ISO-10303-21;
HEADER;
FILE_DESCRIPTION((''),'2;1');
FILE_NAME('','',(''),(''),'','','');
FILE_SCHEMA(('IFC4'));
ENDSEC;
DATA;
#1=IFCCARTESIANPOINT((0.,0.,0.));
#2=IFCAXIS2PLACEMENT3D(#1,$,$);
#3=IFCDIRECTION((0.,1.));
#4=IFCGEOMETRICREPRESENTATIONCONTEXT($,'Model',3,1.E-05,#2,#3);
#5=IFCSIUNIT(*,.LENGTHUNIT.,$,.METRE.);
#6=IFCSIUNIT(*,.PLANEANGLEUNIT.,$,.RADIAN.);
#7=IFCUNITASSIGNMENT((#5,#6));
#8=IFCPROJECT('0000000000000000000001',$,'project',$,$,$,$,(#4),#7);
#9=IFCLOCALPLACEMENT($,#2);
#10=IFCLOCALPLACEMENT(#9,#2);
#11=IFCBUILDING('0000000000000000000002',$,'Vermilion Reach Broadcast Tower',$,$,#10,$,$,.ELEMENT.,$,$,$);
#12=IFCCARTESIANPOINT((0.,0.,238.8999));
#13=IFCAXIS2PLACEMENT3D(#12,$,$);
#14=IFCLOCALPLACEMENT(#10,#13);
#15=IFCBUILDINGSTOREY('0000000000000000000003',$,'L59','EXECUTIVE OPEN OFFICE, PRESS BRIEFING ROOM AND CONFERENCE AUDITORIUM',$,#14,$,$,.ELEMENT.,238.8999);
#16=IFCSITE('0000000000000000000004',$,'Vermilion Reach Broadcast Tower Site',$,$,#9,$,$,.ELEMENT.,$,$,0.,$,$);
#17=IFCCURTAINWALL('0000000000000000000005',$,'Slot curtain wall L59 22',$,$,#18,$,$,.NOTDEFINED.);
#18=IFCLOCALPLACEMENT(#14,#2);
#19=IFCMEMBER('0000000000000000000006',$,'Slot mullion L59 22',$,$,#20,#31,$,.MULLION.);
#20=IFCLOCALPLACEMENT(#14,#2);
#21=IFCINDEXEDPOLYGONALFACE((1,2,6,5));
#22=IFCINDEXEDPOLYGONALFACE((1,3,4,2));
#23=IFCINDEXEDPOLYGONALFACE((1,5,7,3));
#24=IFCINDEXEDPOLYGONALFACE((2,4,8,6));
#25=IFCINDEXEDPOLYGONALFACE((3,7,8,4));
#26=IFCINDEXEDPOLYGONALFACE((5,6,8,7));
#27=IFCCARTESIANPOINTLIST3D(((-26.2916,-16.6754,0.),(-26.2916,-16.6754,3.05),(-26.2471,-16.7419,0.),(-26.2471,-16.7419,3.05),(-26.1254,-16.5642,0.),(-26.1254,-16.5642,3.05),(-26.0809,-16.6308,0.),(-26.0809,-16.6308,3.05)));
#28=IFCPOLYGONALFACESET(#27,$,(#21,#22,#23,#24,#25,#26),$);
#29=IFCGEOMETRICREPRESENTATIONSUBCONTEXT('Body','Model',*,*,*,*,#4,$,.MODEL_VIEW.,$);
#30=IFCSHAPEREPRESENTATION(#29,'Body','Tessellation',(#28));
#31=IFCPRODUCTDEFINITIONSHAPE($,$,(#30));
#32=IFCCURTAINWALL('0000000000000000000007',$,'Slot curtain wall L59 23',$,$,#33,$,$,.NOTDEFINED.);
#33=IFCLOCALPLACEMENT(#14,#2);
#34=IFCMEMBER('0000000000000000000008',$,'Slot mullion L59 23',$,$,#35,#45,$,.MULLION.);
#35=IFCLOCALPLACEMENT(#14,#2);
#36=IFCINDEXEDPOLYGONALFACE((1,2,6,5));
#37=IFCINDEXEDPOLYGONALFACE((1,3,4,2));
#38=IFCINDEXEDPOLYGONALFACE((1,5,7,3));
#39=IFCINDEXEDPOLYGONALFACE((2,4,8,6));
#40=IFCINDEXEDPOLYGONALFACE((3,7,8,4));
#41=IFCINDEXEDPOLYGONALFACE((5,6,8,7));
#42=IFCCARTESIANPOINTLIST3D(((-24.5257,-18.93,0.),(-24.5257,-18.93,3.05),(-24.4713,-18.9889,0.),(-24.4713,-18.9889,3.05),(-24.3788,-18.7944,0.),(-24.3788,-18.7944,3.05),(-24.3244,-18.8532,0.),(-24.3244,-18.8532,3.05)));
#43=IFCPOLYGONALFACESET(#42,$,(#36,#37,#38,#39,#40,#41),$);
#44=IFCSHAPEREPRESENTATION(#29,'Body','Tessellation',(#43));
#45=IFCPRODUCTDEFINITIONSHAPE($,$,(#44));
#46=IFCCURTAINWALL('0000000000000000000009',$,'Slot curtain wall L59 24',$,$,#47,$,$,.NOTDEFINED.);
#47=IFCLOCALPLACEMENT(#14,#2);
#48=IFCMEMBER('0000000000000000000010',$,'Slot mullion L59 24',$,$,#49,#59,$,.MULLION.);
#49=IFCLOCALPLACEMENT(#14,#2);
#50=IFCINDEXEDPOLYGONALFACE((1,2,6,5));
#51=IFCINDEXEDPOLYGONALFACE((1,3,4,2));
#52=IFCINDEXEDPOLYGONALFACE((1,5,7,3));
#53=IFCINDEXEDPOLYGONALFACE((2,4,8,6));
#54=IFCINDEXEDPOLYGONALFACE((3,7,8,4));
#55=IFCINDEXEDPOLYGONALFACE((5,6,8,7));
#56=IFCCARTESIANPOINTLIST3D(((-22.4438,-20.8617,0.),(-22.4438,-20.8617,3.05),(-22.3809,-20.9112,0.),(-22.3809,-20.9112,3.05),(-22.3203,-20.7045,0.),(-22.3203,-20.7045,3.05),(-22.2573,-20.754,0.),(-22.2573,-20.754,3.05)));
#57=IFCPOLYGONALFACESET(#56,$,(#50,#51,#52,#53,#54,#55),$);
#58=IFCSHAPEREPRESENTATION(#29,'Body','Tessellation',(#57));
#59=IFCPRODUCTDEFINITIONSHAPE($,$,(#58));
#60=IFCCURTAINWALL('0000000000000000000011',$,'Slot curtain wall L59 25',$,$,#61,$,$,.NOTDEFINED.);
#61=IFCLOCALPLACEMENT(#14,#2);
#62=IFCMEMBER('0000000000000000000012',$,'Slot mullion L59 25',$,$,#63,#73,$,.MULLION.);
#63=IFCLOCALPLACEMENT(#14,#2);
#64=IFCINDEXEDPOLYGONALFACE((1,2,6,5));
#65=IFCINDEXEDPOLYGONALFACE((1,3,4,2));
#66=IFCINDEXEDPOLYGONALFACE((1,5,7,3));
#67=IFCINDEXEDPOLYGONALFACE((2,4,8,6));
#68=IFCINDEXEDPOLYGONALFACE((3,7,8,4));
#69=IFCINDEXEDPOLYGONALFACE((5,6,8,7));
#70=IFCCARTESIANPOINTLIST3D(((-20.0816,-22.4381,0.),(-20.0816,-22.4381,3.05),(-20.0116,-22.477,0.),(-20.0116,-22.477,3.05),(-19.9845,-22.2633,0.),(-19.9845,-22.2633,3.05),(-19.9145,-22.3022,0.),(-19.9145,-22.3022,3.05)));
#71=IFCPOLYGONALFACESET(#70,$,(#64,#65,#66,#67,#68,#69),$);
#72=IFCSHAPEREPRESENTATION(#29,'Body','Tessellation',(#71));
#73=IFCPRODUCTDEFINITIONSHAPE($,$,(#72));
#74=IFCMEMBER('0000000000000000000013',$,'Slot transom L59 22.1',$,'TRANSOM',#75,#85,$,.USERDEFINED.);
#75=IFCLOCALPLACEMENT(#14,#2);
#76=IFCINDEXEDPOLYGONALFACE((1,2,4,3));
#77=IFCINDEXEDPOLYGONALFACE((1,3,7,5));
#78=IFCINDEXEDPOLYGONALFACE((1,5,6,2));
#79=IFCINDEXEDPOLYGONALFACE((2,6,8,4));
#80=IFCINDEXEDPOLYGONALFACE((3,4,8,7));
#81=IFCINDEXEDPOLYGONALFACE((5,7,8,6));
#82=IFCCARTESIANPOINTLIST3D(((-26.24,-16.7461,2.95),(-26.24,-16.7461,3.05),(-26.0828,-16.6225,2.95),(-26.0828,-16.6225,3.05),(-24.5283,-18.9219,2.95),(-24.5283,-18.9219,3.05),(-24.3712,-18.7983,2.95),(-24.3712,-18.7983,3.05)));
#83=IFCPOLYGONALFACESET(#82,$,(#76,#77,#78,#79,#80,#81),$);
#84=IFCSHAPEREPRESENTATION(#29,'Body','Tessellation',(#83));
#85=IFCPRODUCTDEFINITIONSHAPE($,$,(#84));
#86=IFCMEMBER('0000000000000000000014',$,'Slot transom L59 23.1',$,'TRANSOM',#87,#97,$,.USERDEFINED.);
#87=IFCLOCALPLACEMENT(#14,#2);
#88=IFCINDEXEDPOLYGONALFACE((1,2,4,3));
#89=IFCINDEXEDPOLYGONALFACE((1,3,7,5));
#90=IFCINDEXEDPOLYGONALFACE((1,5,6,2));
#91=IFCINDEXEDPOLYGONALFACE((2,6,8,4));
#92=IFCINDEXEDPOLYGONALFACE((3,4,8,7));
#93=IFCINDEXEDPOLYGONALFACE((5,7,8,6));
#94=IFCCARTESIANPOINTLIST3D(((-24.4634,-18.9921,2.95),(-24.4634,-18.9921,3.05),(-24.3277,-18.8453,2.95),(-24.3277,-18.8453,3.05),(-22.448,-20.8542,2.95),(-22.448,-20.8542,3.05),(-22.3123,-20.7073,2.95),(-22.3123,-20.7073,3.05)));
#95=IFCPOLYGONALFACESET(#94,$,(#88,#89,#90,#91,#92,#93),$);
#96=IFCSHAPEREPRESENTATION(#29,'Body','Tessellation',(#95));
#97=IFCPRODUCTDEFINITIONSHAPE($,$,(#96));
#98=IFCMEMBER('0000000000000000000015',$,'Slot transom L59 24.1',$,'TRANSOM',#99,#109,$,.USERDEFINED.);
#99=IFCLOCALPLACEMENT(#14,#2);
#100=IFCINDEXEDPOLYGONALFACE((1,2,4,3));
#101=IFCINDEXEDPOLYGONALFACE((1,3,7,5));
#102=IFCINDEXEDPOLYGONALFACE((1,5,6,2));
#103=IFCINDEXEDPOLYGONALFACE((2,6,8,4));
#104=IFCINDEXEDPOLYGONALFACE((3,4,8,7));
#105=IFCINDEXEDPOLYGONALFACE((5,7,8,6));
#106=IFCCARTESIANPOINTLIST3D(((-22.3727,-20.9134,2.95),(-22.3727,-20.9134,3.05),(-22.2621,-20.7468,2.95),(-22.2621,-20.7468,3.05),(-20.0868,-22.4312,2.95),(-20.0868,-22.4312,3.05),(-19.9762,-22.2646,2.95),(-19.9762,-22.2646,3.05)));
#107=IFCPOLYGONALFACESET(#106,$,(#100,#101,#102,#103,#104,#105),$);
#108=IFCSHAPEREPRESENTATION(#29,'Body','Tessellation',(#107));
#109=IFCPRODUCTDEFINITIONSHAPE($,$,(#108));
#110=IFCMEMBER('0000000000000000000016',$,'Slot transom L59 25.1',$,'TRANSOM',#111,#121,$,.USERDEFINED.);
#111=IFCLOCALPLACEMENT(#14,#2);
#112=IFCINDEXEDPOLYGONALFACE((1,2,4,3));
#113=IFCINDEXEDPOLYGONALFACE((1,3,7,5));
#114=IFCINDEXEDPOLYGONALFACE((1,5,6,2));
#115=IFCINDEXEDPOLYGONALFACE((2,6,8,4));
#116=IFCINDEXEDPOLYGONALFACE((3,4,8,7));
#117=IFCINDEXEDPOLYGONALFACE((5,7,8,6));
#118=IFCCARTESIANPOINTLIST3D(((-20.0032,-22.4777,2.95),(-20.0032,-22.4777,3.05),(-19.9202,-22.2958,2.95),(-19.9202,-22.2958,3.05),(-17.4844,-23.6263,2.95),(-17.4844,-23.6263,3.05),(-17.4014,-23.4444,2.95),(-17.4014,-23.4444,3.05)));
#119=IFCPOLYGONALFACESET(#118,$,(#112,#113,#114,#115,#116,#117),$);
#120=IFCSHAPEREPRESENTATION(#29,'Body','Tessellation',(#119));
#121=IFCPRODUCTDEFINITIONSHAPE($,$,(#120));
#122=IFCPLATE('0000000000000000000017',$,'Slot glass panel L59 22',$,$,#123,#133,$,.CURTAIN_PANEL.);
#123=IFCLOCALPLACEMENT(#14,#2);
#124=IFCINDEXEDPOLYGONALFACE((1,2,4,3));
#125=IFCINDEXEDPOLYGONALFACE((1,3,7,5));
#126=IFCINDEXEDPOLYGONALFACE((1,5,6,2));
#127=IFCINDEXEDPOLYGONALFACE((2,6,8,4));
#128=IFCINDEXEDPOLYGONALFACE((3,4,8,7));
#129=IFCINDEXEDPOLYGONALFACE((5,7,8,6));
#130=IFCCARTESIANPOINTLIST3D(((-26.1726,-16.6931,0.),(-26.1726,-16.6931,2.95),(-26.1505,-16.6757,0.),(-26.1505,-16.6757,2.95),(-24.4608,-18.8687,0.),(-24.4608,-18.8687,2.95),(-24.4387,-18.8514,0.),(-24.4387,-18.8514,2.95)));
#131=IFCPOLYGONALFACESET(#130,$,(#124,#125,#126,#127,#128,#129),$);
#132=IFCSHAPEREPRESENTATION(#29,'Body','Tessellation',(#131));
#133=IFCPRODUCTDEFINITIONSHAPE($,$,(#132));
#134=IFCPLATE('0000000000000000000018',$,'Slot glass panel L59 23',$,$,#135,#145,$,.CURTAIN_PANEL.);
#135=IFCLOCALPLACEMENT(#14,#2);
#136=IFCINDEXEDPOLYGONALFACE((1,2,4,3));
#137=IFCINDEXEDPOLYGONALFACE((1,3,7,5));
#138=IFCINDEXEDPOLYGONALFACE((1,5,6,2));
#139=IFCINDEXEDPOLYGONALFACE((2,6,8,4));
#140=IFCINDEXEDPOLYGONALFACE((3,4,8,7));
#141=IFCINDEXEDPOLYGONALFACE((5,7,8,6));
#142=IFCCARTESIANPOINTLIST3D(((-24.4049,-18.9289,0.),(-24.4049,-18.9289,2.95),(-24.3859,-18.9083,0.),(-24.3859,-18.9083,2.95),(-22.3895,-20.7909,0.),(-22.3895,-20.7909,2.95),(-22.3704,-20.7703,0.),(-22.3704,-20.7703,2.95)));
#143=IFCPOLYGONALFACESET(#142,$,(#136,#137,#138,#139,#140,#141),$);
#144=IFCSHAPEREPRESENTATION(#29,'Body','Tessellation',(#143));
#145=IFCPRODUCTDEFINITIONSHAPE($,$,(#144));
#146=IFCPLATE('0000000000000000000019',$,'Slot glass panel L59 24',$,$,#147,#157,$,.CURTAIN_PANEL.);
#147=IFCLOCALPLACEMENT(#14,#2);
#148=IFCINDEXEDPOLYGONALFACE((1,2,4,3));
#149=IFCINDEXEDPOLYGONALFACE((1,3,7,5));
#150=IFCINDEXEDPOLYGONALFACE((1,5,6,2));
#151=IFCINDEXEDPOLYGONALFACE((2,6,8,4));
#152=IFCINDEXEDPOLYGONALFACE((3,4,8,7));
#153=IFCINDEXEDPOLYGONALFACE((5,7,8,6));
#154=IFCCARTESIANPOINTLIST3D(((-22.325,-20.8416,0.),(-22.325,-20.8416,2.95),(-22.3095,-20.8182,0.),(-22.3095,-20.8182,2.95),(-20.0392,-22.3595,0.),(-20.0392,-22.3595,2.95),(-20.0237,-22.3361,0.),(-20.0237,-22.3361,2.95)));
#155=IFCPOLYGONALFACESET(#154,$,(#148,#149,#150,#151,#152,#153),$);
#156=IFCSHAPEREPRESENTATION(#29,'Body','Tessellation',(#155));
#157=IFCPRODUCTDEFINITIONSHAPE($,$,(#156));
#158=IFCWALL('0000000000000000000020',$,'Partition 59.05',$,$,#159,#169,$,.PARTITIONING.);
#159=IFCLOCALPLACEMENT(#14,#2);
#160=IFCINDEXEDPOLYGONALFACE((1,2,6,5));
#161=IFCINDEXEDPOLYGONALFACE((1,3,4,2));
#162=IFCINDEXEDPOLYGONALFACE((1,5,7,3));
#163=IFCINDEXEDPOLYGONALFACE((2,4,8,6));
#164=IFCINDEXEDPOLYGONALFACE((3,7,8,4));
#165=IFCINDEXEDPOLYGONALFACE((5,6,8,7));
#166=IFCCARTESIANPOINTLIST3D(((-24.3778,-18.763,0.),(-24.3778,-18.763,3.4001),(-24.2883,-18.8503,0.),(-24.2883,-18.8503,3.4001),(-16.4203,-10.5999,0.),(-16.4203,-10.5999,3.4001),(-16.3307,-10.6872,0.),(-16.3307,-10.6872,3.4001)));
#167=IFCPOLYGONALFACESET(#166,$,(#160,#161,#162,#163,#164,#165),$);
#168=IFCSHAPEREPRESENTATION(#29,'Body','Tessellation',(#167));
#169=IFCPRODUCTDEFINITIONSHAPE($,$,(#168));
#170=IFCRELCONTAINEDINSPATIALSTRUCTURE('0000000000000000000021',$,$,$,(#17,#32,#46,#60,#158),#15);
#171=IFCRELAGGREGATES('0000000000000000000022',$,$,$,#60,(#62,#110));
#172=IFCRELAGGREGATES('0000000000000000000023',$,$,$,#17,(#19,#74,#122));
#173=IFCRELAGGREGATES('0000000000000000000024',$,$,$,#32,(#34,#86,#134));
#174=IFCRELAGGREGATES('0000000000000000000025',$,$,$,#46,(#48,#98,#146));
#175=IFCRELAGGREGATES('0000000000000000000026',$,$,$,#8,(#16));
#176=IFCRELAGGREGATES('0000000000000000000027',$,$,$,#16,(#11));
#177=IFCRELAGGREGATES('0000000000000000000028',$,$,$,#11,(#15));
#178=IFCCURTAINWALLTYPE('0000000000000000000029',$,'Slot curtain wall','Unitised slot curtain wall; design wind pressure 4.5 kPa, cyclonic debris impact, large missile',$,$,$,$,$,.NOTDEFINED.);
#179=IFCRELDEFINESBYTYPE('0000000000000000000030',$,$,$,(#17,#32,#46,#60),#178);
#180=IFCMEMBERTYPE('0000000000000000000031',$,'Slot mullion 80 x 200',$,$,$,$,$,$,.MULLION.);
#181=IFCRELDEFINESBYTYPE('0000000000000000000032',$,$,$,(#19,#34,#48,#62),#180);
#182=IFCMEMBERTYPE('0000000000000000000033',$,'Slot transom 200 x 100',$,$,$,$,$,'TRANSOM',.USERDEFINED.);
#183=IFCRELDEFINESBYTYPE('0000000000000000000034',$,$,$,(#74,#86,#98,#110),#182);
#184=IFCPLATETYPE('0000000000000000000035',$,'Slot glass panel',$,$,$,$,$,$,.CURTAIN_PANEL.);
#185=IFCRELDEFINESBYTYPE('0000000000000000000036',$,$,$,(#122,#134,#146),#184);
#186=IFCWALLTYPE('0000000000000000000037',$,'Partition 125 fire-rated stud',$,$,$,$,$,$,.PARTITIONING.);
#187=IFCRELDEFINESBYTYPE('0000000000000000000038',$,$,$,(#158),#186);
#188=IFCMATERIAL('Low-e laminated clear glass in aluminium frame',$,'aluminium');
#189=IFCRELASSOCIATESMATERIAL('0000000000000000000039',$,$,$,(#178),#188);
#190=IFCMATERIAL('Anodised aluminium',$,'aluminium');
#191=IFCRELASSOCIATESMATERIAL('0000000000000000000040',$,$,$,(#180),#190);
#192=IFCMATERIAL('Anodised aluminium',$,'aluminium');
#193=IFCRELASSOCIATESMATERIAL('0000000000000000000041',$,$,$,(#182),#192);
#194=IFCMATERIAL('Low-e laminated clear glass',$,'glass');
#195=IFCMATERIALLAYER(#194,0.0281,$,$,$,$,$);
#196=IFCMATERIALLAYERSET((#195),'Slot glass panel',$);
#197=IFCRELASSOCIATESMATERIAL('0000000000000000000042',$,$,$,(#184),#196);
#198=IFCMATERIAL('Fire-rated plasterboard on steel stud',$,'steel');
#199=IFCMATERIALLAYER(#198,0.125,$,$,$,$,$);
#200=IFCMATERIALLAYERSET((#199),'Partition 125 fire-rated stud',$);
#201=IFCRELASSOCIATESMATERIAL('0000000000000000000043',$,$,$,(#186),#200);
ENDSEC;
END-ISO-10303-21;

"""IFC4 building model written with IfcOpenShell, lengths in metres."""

from ifc_helpers import new_model, si_unit, direction, frame, frame_2d, origin, origin_2d, place, context, subcontext, project, spatial, rectangle, extrude, material, layer, layer_set, material_profile, profile_set, type_object, element, aggregate, save


model = new_model("IFC4")

# Units and contexts
model_context = context("Model", 3, precision=1e-05, world=origin(), true_north=direction((0.0, 1.0)))
body_context = subcontext(model_context, "Body", "Model", "MODEL_VIEW")
ifc_project = project(units=[si_unit("LENGTHUNIT", "METRE"), si_unit("PLANEANGLEUNIT", "RADIAN")], contexts=[model_context])

# Site, building, storey
site_placement = place(None, origin())
site = spatial("IfcSite", under=ifc_project, at=site_placement, Name="Vermilion Reach Broadcast Tower Site", CompositionType="ELEMENT", RefElevation=0.0)
building_placement = place(site_placement, origin())
building = spatial("IfcBuilding", under=site, at=building_placement, Name="Vermilion Reach Broadcast Tower", CompositionType="ELEMENT")
storey_placement = place(building_placement, frame((0.0, 0.0, 238.8999)))
storey = spatial("IfcBuildingStorey", under=building, at=storey_placement, Name="L59", Description="EXECUTIVE OPEN OFFICE, PRESS BRIEFING ROOM AND CONFERENCE AUDITORIUM", CompositionType="ELEMENT", Elevation=238.8999)

# Curtain walls, members
ifc_material_1 = material(Name="Low-e laminated clear glass in aluminium frame", Category="aluminium")
curtain_wall_type = type_object("IfcCurtainWallType", Name="Slot curtain wall", Description="Unitised slot curtain wall; design wind pressure 4.5 kPa, cyclonic debris impact, large missile", PredefinedType="NOTDEFINED", material=ifc_material_1)
placement = place(storey_placement, origin())
curtain_wall_1 = element("IfcCurtainWall", 1, at=placement, inside=storey, type_object=curtain_wall_type, Name="Slot curtain wall L59 22", PredefinedType="NOTDEFINED")
ifc_material_2 = material(Name="Anodised aluminium", Category="aluminium")
ifc_material_profile_1 = material_profile(ifc_material_2, rectangle(XDim=0.2, YDim=0.0801, at=origin_2d()), Name="Slot mullion 80 x 200")
ifc_profile_set_1 = profile_set([ifc_material_profile_1], Name="Anodised aluminium")
member_type_1 = type_object("IfcMemberType", Name="Slot mullion 80 x 200", PredefinedType="MULLION", material=ifc_profile_set_1)
member_1_placement = place(storey_placement, frame((-26.1863, -16.6531, 0.0), z_axis=(0.0, 0.0, 1.0), x_axis=(0.831309, 0.55581, 0.0)))
member_1 = element("IfcMember", 2, at=member_1_placement, type_object=member_type_1, Name="Slot mullion L59 22", PredefinedType="MULLION", context=body_context, shape_type="SweptSolid", body=[
    extrude(rectangle(XDim=0.2, YDim=0.0801, at=origin_2d()), origin(), (0.0, 0.0, 1.0), 3.05),
])
curtain_wall_2 = element("IfcCurtainWall", 3, at=placement, inside=storey, type_object=curtain_wall_type, Name="Slot curtain wall L59 23", PredefinedType="NOTDEFINED")
member_2_placement = place(storey_placement, frame((-24.425, -18.8916, 0.0), z_axis=(0.0, 0.0, 1.0), x_axis=(0.734546, 0.678559, 0.0)))
member_2 = element("IfcMember", 4, at=member_2_placement, type_object=member_type_1, Name="Slot mullion L59 23", PredefinedType="MULLION", context=body_context, shape_type="SweptSolid", body=[
    extrude(rectangle(XDim=0.2, YDim=0.0801, at=origin_2d()), origin(), (0.0, 0.0, 1.0), 3.05),
])
curtain_wall_3 = element("IfcCurtainWall", 5, at=placement, inside=storey, type_object=curtain_wall_type, Name="Slot curtain wall L59 24", PredefinedType="NOTDEFINED")
member_3_placement = place(storey_placement, frame((-22.3506, -20.8079, 0.0), z_axis=(0.0, 0.0, 1.0), x_axis=(0.61786, 0.786288, 0.0)))
member_3 = element("IfcMember", 6, at=member_3_placement, type_object=member_type_1, Name="Slot mullion L59 24", PredefinedType="MULLION", context=body_context, shape_type="SweptSolid", body=[
    extrude(rectangle(XDim=0.2, YDim=0.0801, at=origin_2d()), origin(), (0.0, 0.0, 1.0), 3.05),
])
curtain_wall_4 = element("IfcCurtainWall", 7, at=placement, inside=storey, type_object=curtain_wall_type, Name="Slot curtain wall L59 25", PredefinedType="NOTDEFINED")
member_4_placement = place(storey_placement, frame((-19.998, -22.3701, 0.0), z_axis=(0.0, 0.0, 1.0), x_axis=(0.485589, 0.874187, 0.0)))
member_4 = element("IfcMember", 8, at=member_4_placement, type_object=member_type_1, Name="Slot mullion L59 25", PredefinedType="MULLION", context=body_context, shape_type="SweptSolid", body=[
    extrude(rectangle(XDim=0.2, YDim=0.0801, at=origin_2d()), origin(), (0.0, 0.0, 1.0), 3.05),
])

# Members
ifc_material_3 = material(Name="Anodised aluminium", Category="aluminium")
ifc_material_profile_2 = material_profile(ifc_material_3, rectangle(XDim=0.2, YDim=0.1001, at=origin_2d()), Name="Slot transom 200 x 100")
ifc_profile_set_2 = profile_set([ifc_material_profile_2], Name="Anodised aluminium")
member_type_2 = type_object("IfcMemberType", Name="Slot transom 200 x 100", ElementType="TRANSOM", PredefinedType="USERDEFINED", material=ifc_profile_set_2)
member_5_placement = place(storey_placement, frame((-26.1614, -16.6843, 3.0), z_axis=(0.618297, -0.785945, 0.0), x_axis=(0.785945, 0.618297, 0.0)))
member_5 = element("IfcMember", 9, at=member_5_placement, type_object=member_type_2, Name="Slot transom L59 22.1", ObjectType="TRANSOM", PredefinedType="USERDEFINED", context=body_context, shape_type="SweptSolid", body=[
    extrude(rectangle(XDim=0.2, YDim=0.1001, at=origin_2d()), origin(), (0.0, 0.0, 1.0), 2.7683),
])
member_6_placement = place(storey_placement, frame((-24.3955, -18.9187, 3.0), z_axis=(0.734493, -0.678616, 0.0), x_axis=(0.678616, 0.734493, 0.0)))
member_6 = element("IfcMember", 10, at=member_6_placement, type_object=member_type_2, Name="Slot transom L59 23.1", ObjectType="TRANSOM", PredefinedType="USERDEFINED", context=body_context, shape_type="SweptSolid", body=[
    extrude(rectangle(XDim=0.2, YDim=0.1001, at=origin_2d()), origin(), (0.0, 0.0, 1.0), 2.7439),
])
member_7_placement = place(storey_placement, frame((-22.3174, -20.8301, 3.0), z_axis=(0.833076, -0.553159, 0.0), x_axis=(0.553159, 0.833076, 0.0)))
member_7 = element("IfcMember", 11, at=member_7_placement, type_object=member_type_2, Name="Slot transom L59 24.1", ObjectType="TRANSOM", PredefinedType="USERDEFINED", context=body_context, shape_type="SweptSolid", body=[
    extrude(rectangle(XDim=0.2, YDim=0.1001, at=origin_2d()), origin(), (0.0, 0.0, 1.0), 2.7439),
])
member_8_placement = place(storey_placement, frame((-19.9617, -22.3867, 3.0), z_axis=(0.909852, -0.414932, 0.0), x_axis=(0.414932, 0.909852, 0.0)))
member_8 = element("IfcMember", 12, at=member_8_placement, type_object=member_type_2, Name="Slot transom L59 25.1", ObjectType="TRANSOM", PredefinedType="USERDEFINED", context=body_context, shape_type="SweptSolid", body=[
    extrude(rectangle(XDim=0.2, YDim=0.1001, at=origin_2d()), origin(), (0.0, 0.0, 1.0), 2.7683),
])
aggregate(curtain_wall_4, [member_4, member_8])

# Plates
ifc_material_4 = material(Name="Low-e laminated clear glass", Category="glass")
ifc_layer_1 = layer(ifc_material_4, 0.0281)
ifc_layer_set_1 = layer_set([ifc_layer_1], Name="Slot glass panel")
plate_type = type_object("IfcPlateType", Name="Slot glass panel", PredefinedType="CURTAIN_PANEL", material=ifc_layer_set_1)
plate_1_placement = place(storey_placement, frame((-25.3057, -17.7722, 0.0), z_axis=(0.0, 0.0, 1.0), x_axis=(0.618346, -0.785906, 0.0)))
plate_1 = element("IfcPlate", 13, at=plate_1_placement, type_object=plate_type, Name="Slot glass panel L59 22", PredefinedType="CURTAIN_PANEL", context=body_context, shape_type="SweptSolid", body=[
    extrude(rectangle(XDim=2.7683, YDim=0.0281, at=origin_2d()), origin(), (0.0, 0.0, 1.0), 2.95),
])
aggregate(curtain_wall_1, [member_1, member_5, plate_1])
plate_2_placement = place(storey_placement, frame((-23.3877, -19.8496, 0.0), z_axis=(0.0, 0.0, 1.0), x_axis=(0.734521, -0.678586, 0.0)))
plate_2 = element("IfcPlate", 14, at=plate_2_placement, type_object=plate_type, Name="Slot glass panel L59 23", PredefinedType="CURTAIN_PANEL", context=body_context, shape_type="SweptSolid", body=[
    extrude(rectangle(XDim=2.7439, YDim=0.0281, at=origin_2d()), origin(), (0.0, 0.0, 1.0), 2.95),
])
aggregate(curtain_wall_2, [member_2, member_6, plate_2])
plate_3_placement = place(storey_placement, frame((-21.1743, -21.5889, 0.0), z_axis=(0.0, 0.0, 1.0), x_axis=(0.833049, -0.553199, 0.0)))
plate_3 = element("IfcPlate", 15, at=plate_3_placement, type_object=plate_type, Name="Slot glass panel L59 24", PredefinedType="CURTAIN_PANEL", context=body_context, shape_type="SweptSolid", body=[
    extrude(rectangle(XDim=2.7439, YDim=0.0281, at=origin_2d()), origin(), (0.0, 0.0, 1.0), 2.95),
])
aggregate(curtain_wall_3, [member_3, member_7, plate_3])

# Wall
ifc_material_5 = material(Name="Fire-rated plasterboard on steel stud", Category="steel")
ifc_layer_2 = layer(ifc_material_5, 0.125)
ifc_layer_set_2 = layer_set([ifc_layer_2], Name="Partition 125 fire-rated stud")
wall_type = type_object("IfcWallType", Name="Partition 125 fire-rated stud", PredefinedType="PARTITIONING", material=ifc_layer_set_2)
wall_placement = place(storey_placement, frame((-24.333, -18.8066, 0.0), z_axis=(0.0, 0.0, 1.0), x_axis=(0.698033, 0.716065, 0.0)))
element("IfcWall", 16, at=wall_placement, inside=storey, type_object=wall_type, Name="Partition 59.05", PredefinedType="PARTITIONING", context=body_context, shape_type="SweptSolid", body=[
    extrude(rectangle(XDim=11.3999, YDim=0.125, at=frame_2d((5.7, 0.0))), origin(), (0.0, 0.0, 1.0), 3.4001),
])

save(model, "model.ifc")
